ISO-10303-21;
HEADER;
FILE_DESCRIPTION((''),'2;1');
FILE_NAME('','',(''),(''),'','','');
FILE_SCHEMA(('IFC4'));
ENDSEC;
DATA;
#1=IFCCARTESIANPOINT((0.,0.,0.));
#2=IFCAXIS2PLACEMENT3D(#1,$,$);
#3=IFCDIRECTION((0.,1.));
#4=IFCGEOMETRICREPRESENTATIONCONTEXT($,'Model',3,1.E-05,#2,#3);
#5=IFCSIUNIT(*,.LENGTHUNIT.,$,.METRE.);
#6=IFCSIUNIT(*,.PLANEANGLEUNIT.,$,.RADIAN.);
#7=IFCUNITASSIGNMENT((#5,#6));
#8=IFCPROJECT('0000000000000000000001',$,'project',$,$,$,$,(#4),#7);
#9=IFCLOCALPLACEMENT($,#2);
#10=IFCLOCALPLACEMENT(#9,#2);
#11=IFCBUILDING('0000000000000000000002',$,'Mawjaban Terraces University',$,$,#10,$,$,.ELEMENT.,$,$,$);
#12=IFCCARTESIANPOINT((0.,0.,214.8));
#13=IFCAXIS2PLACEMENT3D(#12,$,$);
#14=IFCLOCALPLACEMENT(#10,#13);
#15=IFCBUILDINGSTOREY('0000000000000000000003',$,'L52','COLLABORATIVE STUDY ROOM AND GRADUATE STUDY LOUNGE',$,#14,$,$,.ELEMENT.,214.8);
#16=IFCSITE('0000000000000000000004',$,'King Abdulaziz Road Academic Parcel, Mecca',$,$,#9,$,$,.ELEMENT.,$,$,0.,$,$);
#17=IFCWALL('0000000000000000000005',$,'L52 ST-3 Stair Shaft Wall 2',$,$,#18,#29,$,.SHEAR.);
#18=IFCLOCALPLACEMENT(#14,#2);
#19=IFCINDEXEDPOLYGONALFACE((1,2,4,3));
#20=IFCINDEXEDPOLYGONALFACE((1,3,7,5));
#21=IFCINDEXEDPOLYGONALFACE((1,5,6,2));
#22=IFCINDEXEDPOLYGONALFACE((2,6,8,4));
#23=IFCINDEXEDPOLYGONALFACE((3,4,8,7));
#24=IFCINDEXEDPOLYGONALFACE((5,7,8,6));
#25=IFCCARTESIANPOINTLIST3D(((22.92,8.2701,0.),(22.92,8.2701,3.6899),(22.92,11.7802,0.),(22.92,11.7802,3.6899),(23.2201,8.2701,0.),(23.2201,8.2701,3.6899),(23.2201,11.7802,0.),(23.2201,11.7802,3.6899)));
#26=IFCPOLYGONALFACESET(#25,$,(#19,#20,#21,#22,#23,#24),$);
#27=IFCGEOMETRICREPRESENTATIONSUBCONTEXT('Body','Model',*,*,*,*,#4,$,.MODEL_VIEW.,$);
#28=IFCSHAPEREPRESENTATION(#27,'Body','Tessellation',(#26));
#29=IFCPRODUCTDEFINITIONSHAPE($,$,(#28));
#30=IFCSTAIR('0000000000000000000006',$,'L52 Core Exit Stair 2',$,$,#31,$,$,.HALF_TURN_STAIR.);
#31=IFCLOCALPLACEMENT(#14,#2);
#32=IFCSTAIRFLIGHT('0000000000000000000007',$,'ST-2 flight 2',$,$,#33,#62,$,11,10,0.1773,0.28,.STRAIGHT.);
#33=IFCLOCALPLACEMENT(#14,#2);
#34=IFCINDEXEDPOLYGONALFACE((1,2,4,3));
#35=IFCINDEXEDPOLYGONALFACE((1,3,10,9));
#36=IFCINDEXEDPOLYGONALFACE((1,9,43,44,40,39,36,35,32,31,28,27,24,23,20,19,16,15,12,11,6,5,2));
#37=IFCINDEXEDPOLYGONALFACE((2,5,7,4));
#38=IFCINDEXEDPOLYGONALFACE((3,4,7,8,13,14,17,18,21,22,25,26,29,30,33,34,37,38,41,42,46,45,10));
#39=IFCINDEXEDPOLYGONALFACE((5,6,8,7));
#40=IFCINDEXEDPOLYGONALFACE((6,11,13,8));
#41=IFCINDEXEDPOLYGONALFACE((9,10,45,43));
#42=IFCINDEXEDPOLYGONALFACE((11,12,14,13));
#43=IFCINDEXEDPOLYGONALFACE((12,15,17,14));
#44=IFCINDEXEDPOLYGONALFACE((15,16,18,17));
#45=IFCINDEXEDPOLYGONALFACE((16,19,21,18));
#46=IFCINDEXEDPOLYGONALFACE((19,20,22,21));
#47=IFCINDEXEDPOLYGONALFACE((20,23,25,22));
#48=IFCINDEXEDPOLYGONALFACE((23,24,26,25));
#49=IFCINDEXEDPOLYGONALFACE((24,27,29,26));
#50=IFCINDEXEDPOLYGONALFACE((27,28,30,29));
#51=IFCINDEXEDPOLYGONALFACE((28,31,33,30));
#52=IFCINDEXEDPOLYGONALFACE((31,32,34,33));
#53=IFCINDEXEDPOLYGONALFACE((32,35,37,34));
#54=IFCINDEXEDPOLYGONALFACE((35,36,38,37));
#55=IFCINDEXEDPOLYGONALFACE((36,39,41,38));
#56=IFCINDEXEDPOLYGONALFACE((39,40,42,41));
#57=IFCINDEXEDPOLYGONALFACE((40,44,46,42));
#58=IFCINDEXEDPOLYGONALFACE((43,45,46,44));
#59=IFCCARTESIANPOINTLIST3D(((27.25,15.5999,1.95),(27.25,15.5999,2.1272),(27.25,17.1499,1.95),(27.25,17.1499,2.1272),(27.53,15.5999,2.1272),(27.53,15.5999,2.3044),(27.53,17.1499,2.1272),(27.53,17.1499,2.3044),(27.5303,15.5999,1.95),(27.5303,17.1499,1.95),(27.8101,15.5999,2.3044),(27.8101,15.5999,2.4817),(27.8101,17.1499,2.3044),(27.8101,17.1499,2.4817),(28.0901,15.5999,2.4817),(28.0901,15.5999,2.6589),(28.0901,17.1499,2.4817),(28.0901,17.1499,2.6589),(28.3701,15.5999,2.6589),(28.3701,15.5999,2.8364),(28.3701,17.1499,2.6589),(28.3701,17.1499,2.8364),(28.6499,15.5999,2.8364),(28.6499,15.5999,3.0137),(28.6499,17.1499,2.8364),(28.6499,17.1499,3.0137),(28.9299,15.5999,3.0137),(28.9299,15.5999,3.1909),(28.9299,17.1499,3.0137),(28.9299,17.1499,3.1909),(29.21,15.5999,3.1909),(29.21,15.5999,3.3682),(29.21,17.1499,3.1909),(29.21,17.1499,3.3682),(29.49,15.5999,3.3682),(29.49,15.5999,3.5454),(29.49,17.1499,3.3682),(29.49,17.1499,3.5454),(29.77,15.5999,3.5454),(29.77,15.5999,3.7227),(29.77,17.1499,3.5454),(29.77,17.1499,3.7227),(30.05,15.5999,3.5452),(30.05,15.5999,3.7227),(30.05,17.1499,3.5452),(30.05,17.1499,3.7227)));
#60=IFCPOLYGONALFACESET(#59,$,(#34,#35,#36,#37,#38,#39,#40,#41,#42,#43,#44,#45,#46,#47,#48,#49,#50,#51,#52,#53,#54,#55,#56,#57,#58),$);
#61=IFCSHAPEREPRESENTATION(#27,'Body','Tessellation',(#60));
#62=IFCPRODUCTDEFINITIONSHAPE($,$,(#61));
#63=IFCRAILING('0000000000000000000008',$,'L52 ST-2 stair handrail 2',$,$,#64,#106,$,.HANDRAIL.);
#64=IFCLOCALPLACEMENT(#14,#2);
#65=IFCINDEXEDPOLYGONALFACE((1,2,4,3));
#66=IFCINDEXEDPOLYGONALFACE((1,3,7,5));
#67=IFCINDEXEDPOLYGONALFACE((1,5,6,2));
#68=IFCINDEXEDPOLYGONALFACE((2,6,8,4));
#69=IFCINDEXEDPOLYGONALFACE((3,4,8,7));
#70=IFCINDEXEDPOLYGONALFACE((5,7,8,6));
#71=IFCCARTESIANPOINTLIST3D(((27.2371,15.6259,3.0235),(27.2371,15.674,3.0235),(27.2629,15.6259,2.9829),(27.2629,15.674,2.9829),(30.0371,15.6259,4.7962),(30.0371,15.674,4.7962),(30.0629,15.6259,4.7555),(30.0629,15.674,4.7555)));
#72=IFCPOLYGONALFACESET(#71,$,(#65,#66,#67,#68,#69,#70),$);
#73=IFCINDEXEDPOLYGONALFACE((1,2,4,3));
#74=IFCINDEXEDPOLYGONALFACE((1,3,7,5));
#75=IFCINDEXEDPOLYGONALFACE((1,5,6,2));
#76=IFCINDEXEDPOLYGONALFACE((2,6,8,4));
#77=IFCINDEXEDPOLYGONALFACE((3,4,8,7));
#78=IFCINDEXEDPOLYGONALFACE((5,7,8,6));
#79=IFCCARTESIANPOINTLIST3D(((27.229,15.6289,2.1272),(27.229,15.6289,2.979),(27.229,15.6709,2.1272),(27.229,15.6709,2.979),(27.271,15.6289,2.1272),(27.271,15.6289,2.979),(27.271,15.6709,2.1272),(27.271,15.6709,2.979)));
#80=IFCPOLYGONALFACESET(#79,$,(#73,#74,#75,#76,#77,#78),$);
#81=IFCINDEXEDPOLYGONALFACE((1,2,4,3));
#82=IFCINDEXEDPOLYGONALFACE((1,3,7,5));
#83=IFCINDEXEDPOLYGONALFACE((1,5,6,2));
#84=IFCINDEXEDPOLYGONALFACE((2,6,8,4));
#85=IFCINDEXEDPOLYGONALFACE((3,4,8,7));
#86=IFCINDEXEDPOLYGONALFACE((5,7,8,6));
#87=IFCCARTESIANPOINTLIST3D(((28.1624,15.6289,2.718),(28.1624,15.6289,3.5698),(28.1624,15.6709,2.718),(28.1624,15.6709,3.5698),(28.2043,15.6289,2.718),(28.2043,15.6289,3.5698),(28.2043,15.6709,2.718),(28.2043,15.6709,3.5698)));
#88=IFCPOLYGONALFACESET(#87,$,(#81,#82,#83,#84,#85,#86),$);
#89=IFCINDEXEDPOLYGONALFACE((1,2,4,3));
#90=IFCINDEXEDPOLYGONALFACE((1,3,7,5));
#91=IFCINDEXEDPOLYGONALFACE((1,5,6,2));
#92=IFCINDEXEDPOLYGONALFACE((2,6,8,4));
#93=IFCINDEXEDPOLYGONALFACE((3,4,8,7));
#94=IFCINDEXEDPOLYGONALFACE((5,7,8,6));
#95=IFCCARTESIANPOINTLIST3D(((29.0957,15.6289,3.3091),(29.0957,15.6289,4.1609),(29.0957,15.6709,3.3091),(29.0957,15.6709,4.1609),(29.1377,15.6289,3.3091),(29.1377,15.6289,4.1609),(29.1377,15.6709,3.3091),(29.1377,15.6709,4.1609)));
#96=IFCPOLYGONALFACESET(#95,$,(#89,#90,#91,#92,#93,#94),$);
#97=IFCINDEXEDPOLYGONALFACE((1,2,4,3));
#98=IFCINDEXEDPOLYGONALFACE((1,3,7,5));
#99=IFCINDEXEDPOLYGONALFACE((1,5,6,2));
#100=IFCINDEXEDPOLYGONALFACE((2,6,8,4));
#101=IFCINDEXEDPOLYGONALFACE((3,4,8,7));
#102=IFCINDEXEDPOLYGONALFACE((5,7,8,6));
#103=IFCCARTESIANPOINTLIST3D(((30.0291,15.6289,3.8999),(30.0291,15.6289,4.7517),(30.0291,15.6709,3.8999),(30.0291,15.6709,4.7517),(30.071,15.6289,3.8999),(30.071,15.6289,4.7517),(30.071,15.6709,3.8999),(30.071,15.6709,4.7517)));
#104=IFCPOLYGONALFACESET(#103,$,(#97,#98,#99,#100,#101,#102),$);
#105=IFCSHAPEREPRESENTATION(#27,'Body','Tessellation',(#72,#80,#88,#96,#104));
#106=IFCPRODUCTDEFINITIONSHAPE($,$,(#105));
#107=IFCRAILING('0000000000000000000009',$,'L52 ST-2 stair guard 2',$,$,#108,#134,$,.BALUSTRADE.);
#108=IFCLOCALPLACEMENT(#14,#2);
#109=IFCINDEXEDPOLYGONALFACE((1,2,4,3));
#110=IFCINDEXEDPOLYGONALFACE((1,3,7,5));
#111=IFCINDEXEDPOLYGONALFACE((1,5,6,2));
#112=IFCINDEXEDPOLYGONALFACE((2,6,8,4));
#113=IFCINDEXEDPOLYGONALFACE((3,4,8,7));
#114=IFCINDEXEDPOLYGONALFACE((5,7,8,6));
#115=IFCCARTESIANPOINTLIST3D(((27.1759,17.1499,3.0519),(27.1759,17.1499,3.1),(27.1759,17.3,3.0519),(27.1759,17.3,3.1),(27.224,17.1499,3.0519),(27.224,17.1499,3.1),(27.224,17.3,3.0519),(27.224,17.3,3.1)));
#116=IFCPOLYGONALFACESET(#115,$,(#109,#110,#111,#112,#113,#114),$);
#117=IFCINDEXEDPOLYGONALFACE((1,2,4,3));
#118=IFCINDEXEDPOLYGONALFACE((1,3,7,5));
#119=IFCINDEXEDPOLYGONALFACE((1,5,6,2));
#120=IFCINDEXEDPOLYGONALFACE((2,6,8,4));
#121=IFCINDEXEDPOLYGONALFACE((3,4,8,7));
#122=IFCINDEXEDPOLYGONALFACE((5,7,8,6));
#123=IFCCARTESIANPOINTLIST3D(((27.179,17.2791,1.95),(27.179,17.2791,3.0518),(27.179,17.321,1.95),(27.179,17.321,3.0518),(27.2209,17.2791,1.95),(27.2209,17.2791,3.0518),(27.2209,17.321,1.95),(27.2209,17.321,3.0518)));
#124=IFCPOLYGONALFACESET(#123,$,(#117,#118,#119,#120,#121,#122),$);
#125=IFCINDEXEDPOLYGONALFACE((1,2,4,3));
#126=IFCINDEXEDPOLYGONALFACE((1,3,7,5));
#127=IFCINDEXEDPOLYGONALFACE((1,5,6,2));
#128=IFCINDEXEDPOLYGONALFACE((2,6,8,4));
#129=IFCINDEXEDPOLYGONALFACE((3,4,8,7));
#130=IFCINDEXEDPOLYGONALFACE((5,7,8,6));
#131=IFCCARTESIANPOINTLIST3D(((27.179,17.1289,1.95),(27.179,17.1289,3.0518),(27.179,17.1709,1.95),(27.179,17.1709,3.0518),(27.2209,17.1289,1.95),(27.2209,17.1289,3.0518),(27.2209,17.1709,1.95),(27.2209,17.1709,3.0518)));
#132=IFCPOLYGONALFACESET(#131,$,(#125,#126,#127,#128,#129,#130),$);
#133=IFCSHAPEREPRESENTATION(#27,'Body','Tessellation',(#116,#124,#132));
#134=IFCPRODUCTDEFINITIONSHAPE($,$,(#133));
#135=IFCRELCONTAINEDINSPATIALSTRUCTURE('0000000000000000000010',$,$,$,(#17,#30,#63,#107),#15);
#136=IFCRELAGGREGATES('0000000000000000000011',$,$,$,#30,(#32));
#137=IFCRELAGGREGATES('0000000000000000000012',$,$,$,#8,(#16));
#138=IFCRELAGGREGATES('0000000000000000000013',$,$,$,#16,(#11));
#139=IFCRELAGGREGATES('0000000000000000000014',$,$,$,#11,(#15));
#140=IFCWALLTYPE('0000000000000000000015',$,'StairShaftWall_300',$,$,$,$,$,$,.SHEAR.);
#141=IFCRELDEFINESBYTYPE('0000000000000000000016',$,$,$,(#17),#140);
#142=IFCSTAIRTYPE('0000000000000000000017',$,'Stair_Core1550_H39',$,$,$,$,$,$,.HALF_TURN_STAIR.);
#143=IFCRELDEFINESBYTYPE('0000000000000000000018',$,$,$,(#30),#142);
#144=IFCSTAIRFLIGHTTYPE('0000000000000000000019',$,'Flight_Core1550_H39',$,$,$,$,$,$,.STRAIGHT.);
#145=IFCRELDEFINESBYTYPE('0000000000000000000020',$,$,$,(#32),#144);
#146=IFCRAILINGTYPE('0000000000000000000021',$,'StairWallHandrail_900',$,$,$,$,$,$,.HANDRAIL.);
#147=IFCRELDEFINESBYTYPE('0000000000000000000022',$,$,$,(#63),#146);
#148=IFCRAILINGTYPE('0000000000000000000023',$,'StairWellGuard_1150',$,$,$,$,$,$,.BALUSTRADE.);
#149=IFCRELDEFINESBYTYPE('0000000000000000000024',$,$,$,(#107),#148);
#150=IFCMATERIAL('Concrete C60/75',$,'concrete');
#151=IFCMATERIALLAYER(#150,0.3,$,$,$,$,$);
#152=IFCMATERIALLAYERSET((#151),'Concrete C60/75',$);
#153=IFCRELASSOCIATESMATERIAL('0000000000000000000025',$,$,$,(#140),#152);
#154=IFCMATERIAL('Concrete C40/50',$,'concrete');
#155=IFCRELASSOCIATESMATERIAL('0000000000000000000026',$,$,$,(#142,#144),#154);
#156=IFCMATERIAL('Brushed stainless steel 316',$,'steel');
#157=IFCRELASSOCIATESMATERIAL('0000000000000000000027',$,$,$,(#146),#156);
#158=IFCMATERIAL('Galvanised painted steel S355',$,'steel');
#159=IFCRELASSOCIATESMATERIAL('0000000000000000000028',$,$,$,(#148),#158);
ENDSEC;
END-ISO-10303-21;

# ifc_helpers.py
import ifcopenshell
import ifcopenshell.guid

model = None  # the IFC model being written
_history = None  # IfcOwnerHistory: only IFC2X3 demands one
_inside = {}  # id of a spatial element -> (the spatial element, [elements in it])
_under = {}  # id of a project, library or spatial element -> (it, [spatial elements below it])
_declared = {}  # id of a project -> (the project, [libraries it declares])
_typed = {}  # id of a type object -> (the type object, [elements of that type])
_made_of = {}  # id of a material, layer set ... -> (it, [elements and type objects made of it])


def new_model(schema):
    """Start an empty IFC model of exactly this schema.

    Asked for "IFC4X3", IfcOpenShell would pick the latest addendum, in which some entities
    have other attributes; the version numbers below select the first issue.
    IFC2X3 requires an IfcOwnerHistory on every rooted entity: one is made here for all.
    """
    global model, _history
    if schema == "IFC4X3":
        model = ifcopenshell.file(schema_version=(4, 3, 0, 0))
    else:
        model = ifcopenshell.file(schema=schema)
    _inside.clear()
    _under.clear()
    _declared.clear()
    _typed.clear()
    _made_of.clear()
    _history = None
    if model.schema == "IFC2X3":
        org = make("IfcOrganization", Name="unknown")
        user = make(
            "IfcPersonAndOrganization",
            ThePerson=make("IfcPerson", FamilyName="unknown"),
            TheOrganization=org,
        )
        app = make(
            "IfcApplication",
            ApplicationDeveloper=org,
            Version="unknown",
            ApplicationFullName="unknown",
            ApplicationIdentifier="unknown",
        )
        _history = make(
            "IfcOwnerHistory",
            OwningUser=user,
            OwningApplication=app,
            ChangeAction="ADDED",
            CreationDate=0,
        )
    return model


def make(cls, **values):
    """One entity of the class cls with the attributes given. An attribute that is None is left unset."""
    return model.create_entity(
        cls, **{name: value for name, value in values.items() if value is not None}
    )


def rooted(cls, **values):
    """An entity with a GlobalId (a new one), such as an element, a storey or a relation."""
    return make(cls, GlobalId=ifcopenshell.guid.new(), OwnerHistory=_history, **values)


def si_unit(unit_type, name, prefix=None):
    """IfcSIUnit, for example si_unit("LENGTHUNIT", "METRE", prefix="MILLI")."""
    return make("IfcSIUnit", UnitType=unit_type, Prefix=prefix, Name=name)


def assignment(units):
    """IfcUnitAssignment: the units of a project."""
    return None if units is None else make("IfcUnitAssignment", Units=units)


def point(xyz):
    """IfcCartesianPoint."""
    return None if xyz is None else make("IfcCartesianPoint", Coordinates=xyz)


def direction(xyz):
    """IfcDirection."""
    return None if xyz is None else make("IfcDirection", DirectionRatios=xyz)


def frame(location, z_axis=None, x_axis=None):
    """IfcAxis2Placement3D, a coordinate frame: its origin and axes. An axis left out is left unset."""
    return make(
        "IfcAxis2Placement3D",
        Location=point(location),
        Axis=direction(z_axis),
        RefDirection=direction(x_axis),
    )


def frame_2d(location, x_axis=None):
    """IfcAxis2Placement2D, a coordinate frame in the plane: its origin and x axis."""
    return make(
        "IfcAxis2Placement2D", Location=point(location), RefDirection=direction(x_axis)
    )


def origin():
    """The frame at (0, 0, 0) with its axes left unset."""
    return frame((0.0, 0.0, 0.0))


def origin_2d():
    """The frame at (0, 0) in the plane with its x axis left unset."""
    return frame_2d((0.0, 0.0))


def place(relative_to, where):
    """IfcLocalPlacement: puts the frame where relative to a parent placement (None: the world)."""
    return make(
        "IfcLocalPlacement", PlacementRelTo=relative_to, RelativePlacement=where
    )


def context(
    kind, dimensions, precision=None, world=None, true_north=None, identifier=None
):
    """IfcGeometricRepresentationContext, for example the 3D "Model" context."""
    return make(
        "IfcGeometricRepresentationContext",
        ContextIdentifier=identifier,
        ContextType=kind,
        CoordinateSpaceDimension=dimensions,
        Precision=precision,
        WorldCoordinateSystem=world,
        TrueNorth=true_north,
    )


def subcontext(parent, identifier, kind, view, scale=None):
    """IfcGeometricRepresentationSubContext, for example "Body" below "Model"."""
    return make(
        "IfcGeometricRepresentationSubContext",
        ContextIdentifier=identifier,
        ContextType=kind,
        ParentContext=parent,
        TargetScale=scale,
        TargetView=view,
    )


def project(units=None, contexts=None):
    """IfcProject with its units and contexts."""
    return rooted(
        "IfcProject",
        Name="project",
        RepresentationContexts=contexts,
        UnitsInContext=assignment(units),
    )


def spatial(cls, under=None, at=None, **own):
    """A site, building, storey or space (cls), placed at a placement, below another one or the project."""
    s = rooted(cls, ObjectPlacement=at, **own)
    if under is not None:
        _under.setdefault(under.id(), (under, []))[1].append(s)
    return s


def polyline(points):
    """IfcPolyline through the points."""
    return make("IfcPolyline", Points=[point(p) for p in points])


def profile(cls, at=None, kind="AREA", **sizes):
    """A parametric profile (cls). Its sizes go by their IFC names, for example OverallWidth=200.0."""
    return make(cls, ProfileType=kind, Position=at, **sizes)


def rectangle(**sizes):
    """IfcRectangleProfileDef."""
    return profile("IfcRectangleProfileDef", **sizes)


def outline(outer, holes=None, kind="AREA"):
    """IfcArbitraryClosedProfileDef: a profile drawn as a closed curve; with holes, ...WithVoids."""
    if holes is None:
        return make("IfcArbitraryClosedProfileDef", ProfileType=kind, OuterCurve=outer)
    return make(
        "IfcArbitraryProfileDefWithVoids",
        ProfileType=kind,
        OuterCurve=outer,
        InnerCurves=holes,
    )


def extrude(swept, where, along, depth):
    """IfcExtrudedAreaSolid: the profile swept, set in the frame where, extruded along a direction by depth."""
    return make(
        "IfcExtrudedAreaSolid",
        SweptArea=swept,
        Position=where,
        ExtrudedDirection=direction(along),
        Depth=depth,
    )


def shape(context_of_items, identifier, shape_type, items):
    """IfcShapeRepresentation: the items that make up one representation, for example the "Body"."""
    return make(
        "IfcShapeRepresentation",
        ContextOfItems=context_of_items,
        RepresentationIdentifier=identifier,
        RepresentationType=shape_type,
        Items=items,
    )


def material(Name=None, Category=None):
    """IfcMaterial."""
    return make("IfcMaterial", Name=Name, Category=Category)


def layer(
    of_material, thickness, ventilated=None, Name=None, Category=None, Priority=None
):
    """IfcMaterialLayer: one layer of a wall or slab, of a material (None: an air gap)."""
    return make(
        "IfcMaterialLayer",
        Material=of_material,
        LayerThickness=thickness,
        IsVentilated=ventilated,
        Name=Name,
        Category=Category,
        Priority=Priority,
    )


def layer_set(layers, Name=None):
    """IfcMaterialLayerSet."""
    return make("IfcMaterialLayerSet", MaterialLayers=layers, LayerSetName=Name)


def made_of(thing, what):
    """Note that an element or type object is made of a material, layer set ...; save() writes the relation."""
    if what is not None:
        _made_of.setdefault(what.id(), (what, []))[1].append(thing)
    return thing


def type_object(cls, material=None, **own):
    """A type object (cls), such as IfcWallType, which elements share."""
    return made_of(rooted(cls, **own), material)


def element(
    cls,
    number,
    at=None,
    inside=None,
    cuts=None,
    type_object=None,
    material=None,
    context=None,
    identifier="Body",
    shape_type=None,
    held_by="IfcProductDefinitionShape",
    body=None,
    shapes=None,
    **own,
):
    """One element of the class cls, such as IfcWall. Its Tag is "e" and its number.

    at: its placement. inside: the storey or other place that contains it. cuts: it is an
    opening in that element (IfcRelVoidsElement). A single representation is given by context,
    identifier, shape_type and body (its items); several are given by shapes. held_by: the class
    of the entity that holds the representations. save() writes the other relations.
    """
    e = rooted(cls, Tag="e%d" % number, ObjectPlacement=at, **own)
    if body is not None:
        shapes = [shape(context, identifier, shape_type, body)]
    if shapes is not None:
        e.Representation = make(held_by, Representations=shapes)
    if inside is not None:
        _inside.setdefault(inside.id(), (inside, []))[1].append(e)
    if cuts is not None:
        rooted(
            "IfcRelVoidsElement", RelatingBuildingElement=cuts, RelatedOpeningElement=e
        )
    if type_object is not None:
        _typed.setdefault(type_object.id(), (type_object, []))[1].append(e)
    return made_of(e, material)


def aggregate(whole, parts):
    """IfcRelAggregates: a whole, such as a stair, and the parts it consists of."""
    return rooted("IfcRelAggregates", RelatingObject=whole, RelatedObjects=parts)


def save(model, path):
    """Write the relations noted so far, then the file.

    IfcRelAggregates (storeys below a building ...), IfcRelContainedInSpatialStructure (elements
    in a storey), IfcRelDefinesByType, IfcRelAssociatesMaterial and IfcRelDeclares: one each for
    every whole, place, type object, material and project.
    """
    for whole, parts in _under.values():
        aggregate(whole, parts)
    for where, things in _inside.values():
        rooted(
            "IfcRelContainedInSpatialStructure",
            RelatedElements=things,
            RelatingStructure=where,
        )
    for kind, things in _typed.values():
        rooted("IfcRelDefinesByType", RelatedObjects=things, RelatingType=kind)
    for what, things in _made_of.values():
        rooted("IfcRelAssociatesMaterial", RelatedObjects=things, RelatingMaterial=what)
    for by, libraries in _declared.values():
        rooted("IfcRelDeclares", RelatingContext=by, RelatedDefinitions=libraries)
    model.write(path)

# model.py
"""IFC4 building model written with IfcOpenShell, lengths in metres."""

from ifc_helpers import new_model, si_unit, direction, frame, frame_2d, origin, origin_2d, place, context, subcontext, project, spatial, polyline, rectangle, outline, extrude, material, layer, layer_set, type_object, element, aggregate, save


model = new_model("IFC4")

# Units and contexts
model_context = context("Model", 3, precision=1e-05, world=origin(), true_north=direction((0.0, 1.0)))
body_context = subcontext(model_context, "Body", "Model", "MODEL_VIEW")
ifc_project = project(units=[si_unit("LENGTHUNIT", "METRE"), si_unit("PLANEANGLEUNIT", "RADIAN")], contexts=[model_context])

# Site, building, storey
site_placement = place(None, origin())
site = spatial("IfcSite", under=ifc_project, at=site_placement, Name="King Abdulaziz Road Academic Parcel, Mecca", CompositionType="ELEMENT", RefElevation=0.0)
building_placement = place(site_placement, origin())
building = spatial("IfcBuilding", under=site, at=building_placement, Name="Mawjaban Terraces University", CompositionType="ELEMENT")
storey_placement = place(building_placement, frame((0.0, 0.0, 214.8)))
storey = spatial("IfcBuildingStorey", under=building, at=storey_placement, Name="L52", Description="COLLABORATIVE STUDY ROOM AND GRADUATE STUDY LOUNGE", CompositionType="ELEMENT", Elevation=214.8)

# Shared definitions
ifc_material_1 = material(Name="Concrete C60/75", Category="concrete")

# Shared definitions
ifc_material_2 = material(Name="Concrete C40/50", Category="concrete")

# Wall
ifc_layer_1 = layer(ifc_material_1, 0.3)
ifc_layer_set_1 = layer_set([ifc_layer_1], Name="Concrete C60/75")
wall_type_1 = type_object("IfcWallType", Name="StairShaftWall_300", PredefinedType="SHEAR", material=ifc_layer_set_1)
wall_1_placement = place(storey_placement, frame((23.0701, 11.78, 0.0), z_axis=(0.0, 0.0, 1.0), x_axis=(0.0, -1.0, 0.0)))
element("IfcWall", 1, at=wall_1_placement, inside=storey, type_object=wall_type_1, Name="L52 ST-3 Stair Shaft Wall 2", PredefinedType="SHEAR", context=body_context, shape_type="SweptSolid", body=[
    extrude(rectangle(XDim=3.51, YDim=0.3, at=frame_2d((1.7549, 0.0))), origin(), (0.0, 0.0, 1.0), 3.6899),
])

# Stair, stair flight
stair_type = type_object("IfcStairType", Name="Stair_Core1550_H39", PredefinedType="HALF_TURN_STAIR", material=ifc_material_2)
stair_placement = place(storey_placement, origin())
stair = element("IfcStair", 2, at=stair_placement, inside=storey, type_object=stair_type, Name="L52 Core Exit Stair 2", PredefinedType="HALF_TURN_STAIR")
stair_flight_type = type_object("IfcStairFlightType", Name="Flight_Core1550_H39", PredefinedType="STRAIGHT", material=ifc_material_2)
stair_flight_placement = place(storey_placement, frame((27.25, 16.375, 1.95), z_axis=(0.0, 0.0, 1.0), x_axis=(1.0, 0.0, 0.0)))
stair_flight = element("IfcStairFlight", 3, at=stair_flight_placement, type_object=stair_flight_type, Name="ST-2 flight 2", NumberOfRisers=11, NumberOfTreads=10, PredefinedType="STRAIGHT", RiserHeight=0.1773, TreadLength=0.28, context=body_context, shape_type="SweptSolid", body=[
    extrude(outline(polyline([(0.0, 0.0), (0.0, 0.1772), (0.28, 0.1772), (0.28, 0.3545), (0.5601, 0.3545), (0.5601, 0.5317), (0.8401, 0.5317), (0.8401, 0.709), (1.1201, 0.709), (1.1201, 0.8865), (1.3999, 0.8865), (1.3999, 1.0637), (1.6799, 1.0637), (1.6799, 1.241), (1.96, 1.241), (1.96, 1.4182), (2.24, 1.4182), (2.24, 1.5955), (2.52, 1.5955), (2.52, 1.7727), (2.8, 1.7727), (2.8, 1.95), (2.8, 1.5952), (0.2803, 0.0), (0.0, 0.0)])), frame((0.0, 0.7749, 0.0), z_axis=(0.0, -1.0, 0.0), x_axis=(1.0, 0.0, 0.0)), (0.0, 0.0, 1.0), 1.55),
])
aggregate(stair, [stair_flight])

# Railings
ifc_material_3 = material(Name="Brushed stainless steel 316", Category="steel")
railing_type_1 = type_object("IfcRailingType", Name="StairWallHandrail_900", PredefinedType="HANDRAIL", material=ifc_material_3)
railing_1_placement = place(storey_placement, frame((27.25, 15.6499, 2.1272)))
element("IfcRailing", 4, at=railing_1_placement, inside=storey, type_object=railing_type_1, Name="L52 ST-2 stair handrail 2", PredefinedType="HANDRAIL", context=body_context, shape_type="SweptSolid", body=[
    extrude(rectangle(XDim=0.0481, YDim=0.0481, at=origin_2d()), frame((0.0, 0.0, 0.876), z_axis=(0.844909, 0.0, 0.53491), x_axis=(0.0, 1.0, 0.0)), (0.0, 0.0, 1.0), 3.314),
    extrude(rectangle(XDim=0.042, YDim=0.042, at=origin_2d()), origin(), (0.0, 0.0, 1.0), 0.8518),
    extrude(rectangle(XDim=0.042, YDim=0.042, at=origin_2d()), frame((0.9333, 0.0, 0.5908)), (0.0, 0.0, 1.0), 0.8518),
    extrude(rectangle(XDim=0.042, YDim=0.042, at=origin_2d()), frame((1.8667, 0.0, 1.1819)), (0.0, 0.0, 1.0), 0.8518),
    extrude(rectangle(XDim=0.042, YDim=0.042, at=origin_2d()), frame((2.8, 0.0, 1.7727)), (0.0, 0.0, 1.0), 0.8518),
])
ifc_material_4 = material(Name="Galvanised painted steel S355", Category="steel")
railing_type_2 = type_object("IfcRailingType", Name="StairWellGuard_1150", PredefinedType="BALUSTRADE", material=ifc_material_4)
railing_2_placement = place(storey_placement, frame((27.2, 17.3, 1.95)))
element("IfcRailing", 5, at=railing_2_placement, inside=storey, type_object=railing_type_2, Name="L52 ST-2 stair guard 2", PredefinedType="BALUSTRADE", context=body_context, shape_type="SweptSolid", body=[
    extrude(rectangle(XDim=0.0481, YDim=0.0481, at=origin_2d()), frame((0.0, 0.0, 1.126), z_axis=(0.0, -1.0, 0.0), x_axis=(1.0, 0.0, 0.0)), (0.0, 0.0, 1.0), 0.1501),
    extrude(rectangle(XDim=0.042, YDim=0.042, at=origin_2d()), origin(), (0.0, 0.0, 1.0), 1.1018),
    extrude(rectangle(XDim=0.042, YDim=0.042, at=origin_2d()), frame((0.0, -0.1501, 0.0)), (0.0, 0.0, 1.0), 1.1018),
])

save(model, "model.ifc")
